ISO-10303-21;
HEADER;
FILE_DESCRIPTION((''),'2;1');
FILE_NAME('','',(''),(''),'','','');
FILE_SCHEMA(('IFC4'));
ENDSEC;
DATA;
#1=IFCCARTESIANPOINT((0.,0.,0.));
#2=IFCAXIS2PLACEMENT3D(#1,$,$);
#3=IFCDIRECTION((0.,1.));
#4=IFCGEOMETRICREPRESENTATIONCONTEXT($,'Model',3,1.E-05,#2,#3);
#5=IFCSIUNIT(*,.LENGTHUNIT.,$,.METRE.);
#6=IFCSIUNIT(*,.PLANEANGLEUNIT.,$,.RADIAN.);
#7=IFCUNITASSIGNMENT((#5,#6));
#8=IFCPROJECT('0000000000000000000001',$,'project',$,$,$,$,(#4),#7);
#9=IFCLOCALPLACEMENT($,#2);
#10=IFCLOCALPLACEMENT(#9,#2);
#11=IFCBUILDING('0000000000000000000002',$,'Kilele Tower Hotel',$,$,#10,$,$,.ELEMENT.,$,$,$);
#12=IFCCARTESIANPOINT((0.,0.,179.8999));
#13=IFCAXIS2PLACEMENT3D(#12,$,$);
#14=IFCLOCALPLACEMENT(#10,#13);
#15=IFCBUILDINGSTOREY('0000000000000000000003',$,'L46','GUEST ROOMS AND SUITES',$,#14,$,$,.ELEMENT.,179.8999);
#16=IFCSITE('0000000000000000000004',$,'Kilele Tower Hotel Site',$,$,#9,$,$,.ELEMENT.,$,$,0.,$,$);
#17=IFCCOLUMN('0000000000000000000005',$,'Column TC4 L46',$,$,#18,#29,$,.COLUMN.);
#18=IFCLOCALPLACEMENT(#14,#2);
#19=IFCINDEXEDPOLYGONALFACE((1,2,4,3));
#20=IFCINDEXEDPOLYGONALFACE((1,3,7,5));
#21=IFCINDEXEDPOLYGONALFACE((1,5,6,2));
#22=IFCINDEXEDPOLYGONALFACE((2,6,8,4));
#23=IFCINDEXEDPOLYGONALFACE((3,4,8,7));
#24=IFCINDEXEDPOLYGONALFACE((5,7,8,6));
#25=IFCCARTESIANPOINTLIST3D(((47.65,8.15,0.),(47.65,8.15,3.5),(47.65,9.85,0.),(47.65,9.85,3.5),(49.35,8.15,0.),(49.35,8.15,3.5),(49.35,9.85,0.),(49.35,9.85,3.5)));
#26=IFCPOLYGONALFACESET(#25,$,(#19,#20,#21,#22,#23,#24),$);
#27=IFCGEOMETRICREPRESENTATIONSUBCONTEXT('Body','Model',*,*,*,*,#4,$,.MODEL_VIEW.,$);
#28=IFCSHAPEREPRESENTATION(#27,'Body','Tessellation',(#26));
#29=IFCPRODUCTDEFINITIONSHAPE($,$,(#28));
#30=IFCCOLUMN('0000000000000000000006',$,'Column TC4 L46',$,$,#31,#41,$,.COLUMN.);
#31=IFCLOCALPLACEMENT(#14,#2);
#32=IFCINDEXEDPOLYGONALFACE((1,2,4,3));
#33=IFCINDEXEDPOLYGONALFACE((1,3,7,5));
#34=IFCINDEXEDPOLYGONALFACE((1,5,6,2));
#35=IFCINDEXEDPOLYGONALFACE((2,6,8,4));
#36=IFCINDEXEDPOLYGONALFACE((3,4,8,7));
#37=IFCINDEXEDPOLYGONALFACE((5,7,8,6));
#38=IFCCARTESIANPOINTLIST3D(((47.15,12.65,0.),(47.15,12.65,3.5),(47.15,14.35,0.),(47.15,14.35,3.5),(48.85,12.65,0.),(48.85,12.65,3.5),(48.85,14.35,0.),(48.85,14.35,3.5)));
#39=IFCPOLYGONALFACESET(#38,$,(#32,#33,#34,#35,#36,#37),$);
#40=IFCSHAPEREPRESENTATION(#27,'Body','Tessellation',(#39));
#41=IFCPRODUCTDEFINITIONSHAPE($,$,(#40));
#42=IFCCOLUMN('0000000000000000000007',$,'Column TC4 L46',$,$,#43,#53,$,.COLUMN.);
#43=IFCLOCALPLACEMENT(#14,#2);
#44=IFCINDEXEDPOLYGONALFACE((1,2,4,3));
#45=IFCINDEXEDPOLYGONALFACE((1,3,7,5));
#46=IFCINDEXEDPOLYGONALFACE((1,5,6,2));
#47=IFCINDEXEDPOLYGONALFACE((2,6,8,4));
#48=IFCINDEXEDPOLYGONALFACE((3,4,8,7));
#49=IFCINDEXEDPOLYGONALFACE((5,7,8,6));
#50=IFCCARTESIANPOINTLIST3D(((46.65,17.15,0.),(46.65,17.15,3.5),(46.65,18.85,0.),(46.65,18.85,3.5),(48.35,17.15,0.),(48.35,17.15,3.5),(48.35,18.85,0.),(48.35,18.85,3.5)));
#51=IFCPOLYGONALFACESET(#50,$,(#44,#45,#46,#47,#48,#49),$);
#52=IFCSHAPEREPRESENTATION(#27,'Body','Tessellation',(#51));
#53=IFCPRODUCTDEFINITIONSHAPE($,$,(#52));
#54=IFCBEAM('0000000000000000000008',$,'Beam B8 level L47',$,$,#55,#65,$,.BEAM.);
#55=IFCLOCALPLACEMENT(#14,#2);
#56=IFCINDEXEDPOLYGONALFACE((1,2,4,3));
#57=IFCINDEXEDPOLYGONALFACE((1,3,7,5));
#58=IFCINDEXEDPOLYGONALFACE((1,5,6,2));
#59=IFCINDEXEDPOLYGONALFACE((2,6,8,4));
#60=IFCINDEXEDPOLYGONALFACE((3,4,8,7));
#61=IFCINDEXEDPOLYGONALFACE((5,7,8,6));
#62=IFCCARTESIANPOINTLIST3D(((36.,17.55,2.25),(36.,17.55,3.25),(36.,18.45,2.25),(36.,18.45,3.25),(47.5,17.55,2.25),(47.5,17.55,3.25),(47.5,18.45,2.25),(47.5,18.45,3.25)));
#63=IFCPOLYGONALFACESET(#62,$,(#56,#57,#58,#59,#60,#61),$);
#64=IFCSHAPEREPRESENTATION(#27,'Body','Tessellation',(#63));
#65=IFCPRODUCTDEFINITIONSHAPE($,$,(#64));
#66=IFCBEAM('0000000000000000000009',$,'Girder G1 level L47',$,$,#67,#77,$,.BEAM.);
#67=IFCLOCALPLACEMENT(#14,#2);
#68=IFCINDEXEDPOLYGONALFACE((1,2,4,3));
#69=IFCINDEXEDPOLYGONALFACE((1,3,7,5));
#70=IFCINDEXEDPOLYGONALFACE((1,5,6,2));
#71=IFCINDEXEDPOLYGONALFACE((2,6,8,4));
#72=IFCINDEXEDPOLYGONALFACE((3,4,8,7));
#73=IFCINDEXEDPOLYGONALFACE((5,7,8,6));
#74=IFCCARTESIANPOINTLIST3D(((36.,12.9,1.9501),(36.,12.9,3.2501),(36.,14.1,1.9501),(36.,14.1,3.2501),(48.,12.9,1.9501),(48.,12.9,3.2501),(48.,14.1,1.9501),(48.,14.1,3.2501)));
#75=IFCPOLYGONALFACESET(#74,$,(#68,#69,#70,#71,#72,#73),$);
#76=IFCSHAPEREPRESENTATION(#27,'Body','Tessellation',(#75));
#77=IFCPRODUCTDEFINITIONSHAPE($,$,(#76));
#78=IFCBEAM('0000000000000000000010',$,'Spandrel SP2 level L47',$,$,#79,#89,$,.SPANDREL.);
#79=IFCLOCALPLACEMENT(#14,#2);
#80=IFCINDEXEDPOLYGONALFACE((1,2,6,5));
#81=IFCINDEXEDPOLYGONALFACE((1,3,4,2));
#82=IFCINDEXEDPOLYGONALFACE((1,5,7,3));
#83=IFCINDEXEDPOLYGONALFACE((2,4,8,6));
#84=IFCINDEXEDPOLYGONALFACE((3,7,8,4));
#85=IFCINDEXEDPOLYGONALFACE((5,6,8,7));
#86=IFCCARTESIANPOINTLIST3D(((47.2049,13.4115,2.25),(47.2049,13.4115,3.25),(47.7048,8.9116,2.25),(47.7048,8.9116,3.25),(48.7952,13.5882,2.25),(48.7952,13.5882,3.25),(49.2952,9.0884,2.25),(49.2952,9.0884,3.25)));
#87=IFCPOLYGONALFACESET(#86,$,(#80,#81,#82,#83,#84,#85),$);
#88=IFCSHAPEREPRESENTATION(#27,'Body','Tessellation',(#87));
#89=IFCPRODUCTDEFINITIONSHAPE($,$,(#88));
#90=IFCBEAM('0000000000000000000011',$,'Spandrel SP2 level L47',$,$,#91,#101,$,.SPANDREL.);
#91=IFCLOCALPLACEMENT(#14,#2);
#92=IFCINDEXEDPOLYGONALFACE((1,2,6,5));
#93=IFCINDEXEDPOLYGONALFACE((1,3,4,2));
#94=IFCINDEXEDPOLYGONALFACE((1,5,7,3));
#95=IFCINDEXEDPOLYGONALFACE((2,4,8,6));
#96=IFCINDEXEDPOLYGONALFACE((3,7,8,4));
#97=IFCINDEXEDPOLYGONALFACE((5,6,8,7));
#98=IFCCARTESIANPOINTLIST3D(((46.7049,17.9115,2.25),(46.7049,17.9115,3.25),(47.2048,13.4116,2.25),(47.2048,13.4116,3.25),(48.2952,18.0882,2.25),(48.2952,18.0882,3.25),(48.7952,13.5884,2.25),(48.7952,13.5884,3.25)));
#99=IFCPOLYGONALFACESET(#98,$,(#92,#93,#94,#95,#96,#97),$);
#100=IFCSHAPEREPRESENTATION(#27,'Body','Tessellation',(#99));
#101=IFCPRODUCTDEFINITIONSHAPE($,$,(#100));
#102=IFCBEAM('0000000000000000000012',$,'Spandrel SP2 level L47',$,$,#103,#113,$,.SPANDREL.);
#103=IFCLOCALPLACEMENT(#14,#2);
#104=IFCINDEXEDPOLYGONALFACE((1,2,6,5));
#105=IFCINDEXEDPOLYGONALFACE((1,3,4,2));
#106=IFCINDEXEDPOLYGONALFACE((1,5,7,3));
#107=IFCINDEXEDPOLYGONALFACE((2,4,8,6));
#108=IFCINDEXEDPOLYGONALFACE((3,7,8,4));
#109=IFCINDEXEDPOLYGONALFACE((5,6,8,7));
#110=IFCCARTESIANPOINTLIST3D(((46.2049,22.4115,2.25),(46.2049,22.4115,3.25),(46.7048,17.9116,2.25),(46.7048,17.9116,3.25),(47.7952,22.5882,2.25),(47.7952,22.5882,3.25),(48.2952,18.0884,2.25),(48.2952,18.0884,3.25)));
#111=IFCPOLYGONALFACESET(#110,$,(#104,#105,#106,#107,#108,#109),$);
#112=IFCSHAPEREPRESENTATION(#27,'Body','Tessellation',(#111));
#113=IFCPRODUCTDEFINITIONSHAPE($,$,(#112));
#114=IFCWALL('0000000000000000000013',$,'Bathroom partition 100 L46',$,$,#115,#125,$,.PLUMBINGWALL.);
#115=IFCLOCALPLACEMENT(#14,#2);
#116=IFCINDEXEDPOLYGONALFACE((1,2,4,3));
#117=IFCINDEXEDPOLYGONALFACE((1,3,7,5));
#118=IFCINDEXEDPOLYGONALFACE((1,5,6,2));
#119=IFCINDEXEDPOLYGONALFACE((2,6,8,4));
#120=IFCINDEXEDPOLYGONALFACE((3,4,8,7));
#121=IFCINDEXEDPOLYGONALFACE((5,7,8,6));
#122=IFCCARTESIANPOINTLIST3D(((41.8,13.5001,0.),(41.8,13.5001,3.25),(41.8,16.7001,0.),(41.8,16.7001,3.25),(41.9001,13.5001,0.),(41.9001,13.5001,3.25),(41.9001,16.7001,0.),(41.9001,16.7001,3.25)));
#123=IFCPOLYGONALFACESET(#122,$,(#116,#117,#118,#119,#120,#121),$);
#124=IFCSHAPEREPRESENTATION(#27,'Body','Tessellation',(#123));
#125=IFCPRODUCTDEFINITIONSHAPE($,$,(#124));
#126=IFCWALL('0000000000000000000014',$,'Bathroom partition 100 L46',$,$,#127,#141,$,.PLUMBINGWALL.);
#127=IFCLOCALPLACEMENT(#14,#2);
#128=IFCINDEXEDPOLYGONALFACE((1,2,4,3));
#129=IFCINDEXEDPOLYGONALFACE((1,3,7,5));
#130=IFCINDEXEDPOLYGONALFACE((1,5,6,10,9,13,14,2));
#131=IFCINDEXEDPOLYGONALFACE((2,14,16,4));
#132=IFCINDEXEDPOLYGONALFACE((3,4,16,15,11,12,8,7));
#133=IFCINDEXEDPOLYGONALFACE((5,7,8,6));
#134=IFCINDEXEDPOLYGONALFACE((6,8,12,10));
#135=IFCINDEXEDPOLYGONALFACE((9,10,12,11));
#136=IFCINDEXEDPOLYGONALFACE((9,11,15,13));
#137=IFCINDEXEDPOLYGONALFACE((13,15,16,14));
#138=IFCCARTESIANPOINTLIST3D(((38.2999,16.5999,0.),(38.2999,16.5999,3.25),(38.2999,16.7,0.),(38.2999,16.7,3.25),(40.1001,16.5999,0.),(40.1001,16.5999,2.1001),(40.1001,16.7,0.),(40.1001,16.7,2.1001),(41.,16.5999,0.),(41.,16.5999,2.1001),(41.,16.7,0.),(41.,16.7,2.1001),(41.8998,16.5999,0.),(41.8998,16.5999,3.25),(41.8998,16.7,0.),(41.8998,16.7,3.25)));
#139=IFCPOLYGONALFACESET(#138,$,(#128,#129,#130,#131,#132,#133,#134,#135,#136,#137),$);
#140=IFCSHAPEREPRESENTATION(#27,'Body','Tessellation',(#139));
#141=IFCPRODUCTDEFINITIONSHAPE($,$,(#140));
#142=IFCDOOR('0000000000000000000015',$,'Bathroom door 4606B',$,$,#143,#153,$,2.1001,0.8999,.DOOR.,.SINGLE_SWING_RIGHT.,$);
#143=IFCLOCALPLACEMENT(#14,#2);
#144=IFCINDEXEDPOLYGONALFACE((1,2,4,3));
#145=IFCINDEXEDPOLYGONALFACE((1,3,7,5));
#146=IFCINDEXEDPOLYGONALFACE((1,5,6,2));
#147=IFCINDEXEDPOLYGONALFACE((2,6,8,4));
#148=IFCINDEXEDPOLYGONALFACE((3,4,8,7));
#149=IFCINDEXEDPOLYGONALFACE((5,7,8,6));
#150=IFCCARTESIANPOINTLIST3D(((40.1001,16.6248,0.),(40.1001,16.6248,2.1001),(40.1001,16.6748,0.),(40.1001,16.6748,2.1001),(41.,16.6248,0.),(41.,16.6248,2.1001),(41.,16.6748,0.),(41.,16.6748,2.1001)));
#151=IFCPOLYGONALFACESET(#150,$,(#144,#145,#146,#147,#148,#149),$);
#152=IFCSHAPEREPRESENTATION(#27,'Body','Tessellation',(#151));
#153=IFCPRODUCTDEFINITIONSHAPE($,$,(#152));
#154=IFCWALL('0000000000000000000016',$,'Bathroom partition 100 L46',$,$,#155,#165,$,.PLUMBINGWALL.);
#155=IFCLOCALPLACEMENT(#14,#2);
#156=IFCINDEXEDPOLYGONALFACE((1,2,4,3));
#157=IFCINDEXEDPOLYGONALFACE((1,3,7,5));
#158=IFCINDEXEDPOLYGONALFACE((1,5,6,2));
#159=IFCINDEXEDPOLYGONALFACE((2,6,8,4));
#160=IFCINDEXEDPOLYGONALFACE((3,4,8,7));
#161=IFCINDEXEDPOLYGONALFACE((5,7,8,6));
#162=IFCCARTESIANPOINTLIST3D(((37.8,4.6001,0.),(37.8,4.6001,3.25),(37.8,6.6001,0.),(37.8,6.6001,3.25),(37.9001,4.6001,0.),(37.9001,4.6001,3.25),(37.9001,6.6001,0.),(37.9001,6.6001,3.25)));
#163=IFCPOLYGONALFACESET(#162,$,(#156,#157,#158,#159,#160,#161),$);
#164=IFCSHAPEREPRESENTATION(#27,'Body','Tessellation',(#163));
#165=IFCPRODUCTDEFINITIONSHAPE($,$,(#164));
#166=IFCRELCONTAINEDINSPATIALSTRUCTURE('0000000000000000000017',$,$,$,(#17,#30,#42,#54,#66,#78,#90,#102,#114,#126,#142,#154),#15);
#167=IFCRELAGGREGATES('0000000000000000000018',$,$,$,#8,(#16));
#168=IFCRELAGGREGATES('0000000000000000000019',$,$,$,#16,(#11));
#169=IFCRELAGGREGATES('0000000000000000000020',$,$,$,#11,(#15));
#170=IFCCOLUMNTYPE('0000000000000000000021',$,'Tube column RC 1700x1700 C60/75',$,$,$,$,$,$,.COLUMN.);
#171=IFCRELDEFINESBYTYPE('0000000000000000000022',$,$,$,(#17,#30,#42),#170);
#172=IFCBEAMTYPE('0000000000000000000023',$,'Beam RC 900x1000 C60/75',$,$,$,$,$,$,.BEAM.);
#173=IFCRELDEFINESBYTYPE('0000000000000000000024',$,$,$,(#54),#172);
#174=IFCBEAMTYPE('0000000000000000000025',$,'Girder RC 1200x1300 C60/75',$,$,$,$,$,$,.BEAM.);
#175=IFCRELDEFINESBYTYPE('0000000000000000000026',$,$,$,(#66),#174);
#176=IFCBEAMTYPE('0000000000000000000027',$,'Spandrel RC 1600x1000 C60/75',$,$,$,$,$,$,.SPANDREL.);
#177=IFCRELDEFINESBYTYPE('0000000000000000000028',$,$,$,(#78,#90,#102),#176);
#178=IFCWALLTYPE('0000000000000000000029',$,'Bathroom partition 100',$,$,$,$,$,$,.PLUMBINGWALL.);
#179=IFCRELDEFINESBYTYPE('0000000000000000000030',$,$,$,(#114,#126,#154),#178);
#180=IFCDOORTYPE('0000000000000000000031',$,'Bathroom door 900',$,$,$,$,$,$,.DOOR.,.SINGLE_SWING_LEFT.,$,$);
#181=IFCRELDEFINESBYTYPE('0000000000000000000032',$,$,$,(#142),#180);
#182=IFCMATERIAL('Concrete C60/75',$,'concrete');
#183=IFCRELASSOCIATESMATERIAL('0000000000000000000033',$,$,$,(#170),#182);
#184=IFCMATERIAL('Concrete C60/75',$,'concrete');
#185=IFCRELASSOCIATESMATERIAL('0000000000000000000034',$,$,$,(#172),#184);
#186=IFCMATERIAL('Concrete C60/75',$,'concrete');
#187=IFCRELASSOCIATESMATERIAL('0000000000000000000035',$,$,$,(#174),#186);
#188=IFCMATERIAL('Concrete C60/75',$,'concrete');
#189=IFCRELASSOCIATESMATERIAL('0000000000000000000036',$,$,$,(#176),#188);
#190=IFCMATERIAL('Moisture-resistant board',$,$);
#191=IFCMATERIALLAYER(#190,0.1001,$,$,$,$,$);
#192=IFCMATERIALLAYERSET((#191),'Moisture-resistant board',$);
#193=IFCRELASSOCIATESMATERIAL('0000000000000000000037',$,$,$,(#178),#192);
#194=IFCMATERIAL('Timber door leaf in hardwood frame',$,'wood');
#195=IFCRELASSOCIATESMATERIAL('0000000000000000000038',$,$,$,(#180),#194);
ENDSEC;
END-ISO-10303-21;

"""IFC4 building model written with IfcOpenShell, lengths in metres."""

from ifc_helpers import new_model, si_unit, direction, frame, frame_2d, origin, origin_2d, place, context, subcontext, project, spatial, rectangle, extrude, material, layer, layer_set, material_profile, profile_set, type_object, element, fill, save


model = new_model("IFC4")

# Units and contexts
model_context = context("Model", 3, precision=1e-05, world=origin(), true_north=direction((0.0, 1.0)))
body_context = subcontext(model_context, "Body", "Model", "MODEL_VIEW")
ifc_project = project(units=[si_unit("LENGTHUNIT", "METRE"), si_unit("PLANEANGLEUNIT", "RADIAN")], contexts=[model_context])

# Site, building, storey
site_placement = place(None, origin())
site = spatial("IfcSite", under=ifc_project, at=site_placement, Name="Kilele Tower Hotel Site", CompositionType="ELEMENT", RefElevation=0.0)
building_placement = place(site_placement, origin())
building = spatial("IfcBuilding", under=site, at=building_placement, Name="Kilele Tower Hotel", CompositionType="ELEMENT")
storey_placement = place(building_placement, frame((0.0, 0.0, 179.8999)))
storey = spatial("IfcBuildingStorey", under=building, at=storey_placement, Name="L46", Description="GUEST ROOMS AND SUITES", CompositionType="ELEMENT", Elevation=179.8999)

# Columns
ifc_material_1 = material(Name="Concrete C60/75", Category="concrete")
ifc_material_profile_1 = material_profile(ifc_material_1, rectangle(XDim=1.7, YDim=1.7, at=origin_2d()))
ifc_profile_set_1 = profile_set([ifc_material_profile_1], Name="Concrete C60/75")
column_type = type_object("IfcColumnType", Name="Tube column RC 1700x1700 C60/75", PredefinedType="COLUMN", material=ifc_profile_set_1)
for number, where, z_axis, x_axis, name in (
    (1, (48.5, 9.0, 0.0), (0.0, 0.0, 1.0), (1.0, 0.0, 0.0), "Column TC4 L46"),
    (2, (48.0, 13.5, 0.0), (0.0, 0.0, 1.0), (1.0, 0.0, 0.0), "Column TC4 L46"),
    (3, (47.5, 18.0, 0.0), (0.0, 0.0, 1.0), (1.0, 0.0, 0.0), "Column TC4 L46"),
):
    element("IfcColumn", number, at=place(storey_placement, frame(where, z_axis=z_axis, x_axis=x_axis)), inside=storey, type_object=column_type, Name=name, PredefinedType="COLUMN", context=body_context, shape_type="SweptSolid", body=[
        extrude(rectangle(XDim=1.7, YDim=1.7, at=origin_2d()), origin(), (0.0, 0.0, 1.0), 3.5),
    ])

# Beams
ifc_material_2 = material(Name="Concrete C60/75", Category="concrete")
ifc_material_profile_2 = material_profile(ifc_material_2, rectangle(XDim=0.8999, YDim=1.0, at=origin_2d()))
ifc_profile_set_2 = profile_set([ifc_material_profile_2], Name="Concrete C60/75")
beam_type_1 = type_object("IfcBeamType", Name="Beam RC 900x1000 C60/75", PredefinedType="BEAM", material=ifc_profile_set_2)
beam_1_placement = place(storey_placement, frame((47.5, 18.0, 2.75), z_axis=(-1.0, 0.0, 0.0), x_axis=(0.0, -1.0, 0.0)))
element("IfcBeam", 4, at=beam_1_placement, inside=storey, type_object=beam_type_1, Name="Beam B8 level L47", PredefinedType="BEAM", context=body_context, shape_type="SweptSolid", body=[
    extrude(rectangle(XDim=0.8999, YDim=1.0, at=origin_2d()), origin(), (0.0, 0.0, 1.0), 11.5),
])
ifc_material_3 = material(Name="Concrete C60/75", Category="concrete")
ifc_material_profile_3 = material_profile(ifc_material_3, rectangle(XDim=1.2, YDim=1.3, at=origin_2d()))
ifc_profile_set_3 = profile_set([ifc_material_profile_3], Name="Concrete C60/75")
beam_type_2 = type_object("IfcBeamType", Name="Girder RC 1200x1300 C60/75", PredefinedType="BEAM", material=ifc_profile_set_3)
beam_2_placement = place(storey_placement, frame((48.0, 13.5, 2.6001), z_axis=(-1.0, 0.0, 0.0), x_axis=(0.0, -1.0, 0.0)))
element("IfcBeam", 5, at=beam_2_placement, inside=storey, type_object=beam_type_2, Name="Girder G1 level L47", PredefinedType="BEAM", context=body_context, shape_type="SweptSolid", body=[
    extrude(rectangle(XDim=1.2, YDim=1.3, at=origin_2d()), origin(), (0.0, 0.0, 1.0), 12.0),
])
ifc_material_4 = material(Name="Concrete C60/75", Category="concrete")
ifc_material_profile_4 = material_profile(ifc_material_4, rectangle(XDim=1.6001, YDim=1.0, at=origin_2d()))
ifc_profile_set_4 = profile_set([ifc_material_profile_4], Name="Concrete C60/75")
beam_type_3 = type_object("IfcBeamType", Name="Spandrel RC 1600x1000 C60/75", PredefinedType="SPANDREL", material=ifc_profile_set_4)
for number, where, z_axis, x_axis, name in (
    (6, (48.5, 9.0, 2.75), (-0.110432, 0.993884, 0.0), (-0.993884, -0.110432, 0.0), "Spandrel SP2 level L47"),
    (7, (48.0, 13.5, 2.75), (-0.110432, 0.993884, 0.0), (-0.993884, -0.110432, 0.0), "Spandrel SP2 level L47"),
    (8, (47.5, 18.0, 2.75), (-0.110432, 0.993884, 0.0), (-0.993884, -0.110432, 0.0), "Spandrel SP2 level L47"),
):
    element("IfcBeam", number, at=place(storey_placement, frame(where, z_axis=z_axis, x_axis=x_axis)), inside=storey, type_object=beam_type_3, Name=name, PredefinedType="SPANDREL", context=body_context, shape_type="SweptSolid", body=[
        extrude(rectangle(XDim=1.6001, YDim=1.0, at=origin_2d()), origin(), (0.0, 0.0, 1.0), 4.5276),
    ])

# Wall
ifc_material_5 = material(Name="Moisture-resistant board")
ifc_layer_1 = layer(ifc_material_5, 0.1001)
ifc_layer_set_1 = layer_set([ifc_layer_1], Name="Moisture-resistant board")
wall_type_1 = type_object("IfcWallType", Name="Bathroom partition 100", PredefinedType="PLUMBINGWALL", material=ifc_layer_set_1)
wall_1_placement = place(storey_placement, frame((41.8501, 13.5, 0.0), z_axis=(0.0, 0.0, 1.0), x_axis=(0.0, 1.0, 0.0)))
element("IfcWall", 9, at=wall_1_placement, inside=storey, type_object=wall_type_1, Name="Bathroom partition 100 L46", PredefinedType="PLUMBINGWALL", context=body_context, shape_type="SweptSolid", body=[
    extrude(rectangle(XDim=3.2, YDim=0.1001, at=frame_2d((1.6001, 0.0))), origin(), (0.0, 0.0, 1.0), 3.25),
])

# Wall, opening, door
wall_2_placement = place(storey_placement, frame((38.3, 16.6499, 0.0), z_axis=(0.0, 0.0, 1.0), x_axis=(1.0, 0.0, 0.0)))
wall_2 = element("IfcWall", 10, at=wall_2_placement, inside=storey, type_object=wall_type_1, Name="Bathroom partition 100 L46", PredefinedType="PLUMBINGWALL", context=body_context, shape_type="SweptSolid", body=[
    extrude(rectangle(XDim=3.5999, YDim=0.1001, at=frame_2d((1.7998, 0.0))), origin(), (0.0, 0.0, 1.0), 3.25),
])
opening_1_placement = place(wall_2_placement, frame((1.8, 0.0, 0.0)))
opening_1 = element("IfcOpeningElement", 11, at=opening_1_placement, cuts=wall_2, PredefinedType="OPENING", context=body_context, shape_type="SweptSolid", body=[
    extrude(rectangle(XDim=0.8999, YDim=2.1001, at=frame_2d((0.45, 1.05))), frame((0.0, 0.0601, 0.0), z_axis=(0.0, -1.0, 0.0), x_axis=(1.0, 0.0, 0.0)), (0.0, 0.0, 1.0), 0.1201),
])
ifc_material_6 = material(Name="Timber door leaf in hardwood frame", Category="wood")
door_type_1 = type_object("IfcDoorType", Name="Bathroom door 900", OperationType="SINGLE_SWING_LEFT", PredefinedType="DOOR", material=ifc_material_6)
door_1_placement = place(opening_1_placement, origin())
door_1 = element("IfcDoor", 12, at=door_1_placement, inside=storey, type_object=door_type_1, Name="Bathroom door 4606B", OperationType="SINGLE_SWING_RIGHT", OverallHeight=2.1001, OverallWidth=0.8999, PredefinedType="DOOR", context=body_context, shape_type="SweptSolid", body=[
    extrude(rectangle(XDim=0.8999, YDim=2.1001, at=frame_2d((0.45, 1.05))), frame((0.0, 0.0249, 0.0), z_axis=(0.0, -1.0, 0.0), x_axis=(1.0, 0.0, 0.0)), (0.0, 0.0, 1.0), 0.05),
])
fill(opening_1, door_1)

# Wall
wall_3_placement = place(storey_placement, frame((37.8501, 4.6001, 0.0), z_axis=(0.0, 0.0, 1.0), x_axis=(0.0, 1.0, 0.0)))
element("IfcWall", 13, at=wall_3_placement, inside=storey, type_object=wall_type_1, Name="Bathroom partition 100 L46", PredefinedType="PLUMBINGWALL", context=body_context, shape_type="SweptSolid", body=[
    extrude(rectangle(XDim=2.0, YDim=0.1001, at=frame_2d((1.0, 0.0))), origin(), (0.0, 0.0, 1.0), 3.25),
])

save(model, "model.ifc")
